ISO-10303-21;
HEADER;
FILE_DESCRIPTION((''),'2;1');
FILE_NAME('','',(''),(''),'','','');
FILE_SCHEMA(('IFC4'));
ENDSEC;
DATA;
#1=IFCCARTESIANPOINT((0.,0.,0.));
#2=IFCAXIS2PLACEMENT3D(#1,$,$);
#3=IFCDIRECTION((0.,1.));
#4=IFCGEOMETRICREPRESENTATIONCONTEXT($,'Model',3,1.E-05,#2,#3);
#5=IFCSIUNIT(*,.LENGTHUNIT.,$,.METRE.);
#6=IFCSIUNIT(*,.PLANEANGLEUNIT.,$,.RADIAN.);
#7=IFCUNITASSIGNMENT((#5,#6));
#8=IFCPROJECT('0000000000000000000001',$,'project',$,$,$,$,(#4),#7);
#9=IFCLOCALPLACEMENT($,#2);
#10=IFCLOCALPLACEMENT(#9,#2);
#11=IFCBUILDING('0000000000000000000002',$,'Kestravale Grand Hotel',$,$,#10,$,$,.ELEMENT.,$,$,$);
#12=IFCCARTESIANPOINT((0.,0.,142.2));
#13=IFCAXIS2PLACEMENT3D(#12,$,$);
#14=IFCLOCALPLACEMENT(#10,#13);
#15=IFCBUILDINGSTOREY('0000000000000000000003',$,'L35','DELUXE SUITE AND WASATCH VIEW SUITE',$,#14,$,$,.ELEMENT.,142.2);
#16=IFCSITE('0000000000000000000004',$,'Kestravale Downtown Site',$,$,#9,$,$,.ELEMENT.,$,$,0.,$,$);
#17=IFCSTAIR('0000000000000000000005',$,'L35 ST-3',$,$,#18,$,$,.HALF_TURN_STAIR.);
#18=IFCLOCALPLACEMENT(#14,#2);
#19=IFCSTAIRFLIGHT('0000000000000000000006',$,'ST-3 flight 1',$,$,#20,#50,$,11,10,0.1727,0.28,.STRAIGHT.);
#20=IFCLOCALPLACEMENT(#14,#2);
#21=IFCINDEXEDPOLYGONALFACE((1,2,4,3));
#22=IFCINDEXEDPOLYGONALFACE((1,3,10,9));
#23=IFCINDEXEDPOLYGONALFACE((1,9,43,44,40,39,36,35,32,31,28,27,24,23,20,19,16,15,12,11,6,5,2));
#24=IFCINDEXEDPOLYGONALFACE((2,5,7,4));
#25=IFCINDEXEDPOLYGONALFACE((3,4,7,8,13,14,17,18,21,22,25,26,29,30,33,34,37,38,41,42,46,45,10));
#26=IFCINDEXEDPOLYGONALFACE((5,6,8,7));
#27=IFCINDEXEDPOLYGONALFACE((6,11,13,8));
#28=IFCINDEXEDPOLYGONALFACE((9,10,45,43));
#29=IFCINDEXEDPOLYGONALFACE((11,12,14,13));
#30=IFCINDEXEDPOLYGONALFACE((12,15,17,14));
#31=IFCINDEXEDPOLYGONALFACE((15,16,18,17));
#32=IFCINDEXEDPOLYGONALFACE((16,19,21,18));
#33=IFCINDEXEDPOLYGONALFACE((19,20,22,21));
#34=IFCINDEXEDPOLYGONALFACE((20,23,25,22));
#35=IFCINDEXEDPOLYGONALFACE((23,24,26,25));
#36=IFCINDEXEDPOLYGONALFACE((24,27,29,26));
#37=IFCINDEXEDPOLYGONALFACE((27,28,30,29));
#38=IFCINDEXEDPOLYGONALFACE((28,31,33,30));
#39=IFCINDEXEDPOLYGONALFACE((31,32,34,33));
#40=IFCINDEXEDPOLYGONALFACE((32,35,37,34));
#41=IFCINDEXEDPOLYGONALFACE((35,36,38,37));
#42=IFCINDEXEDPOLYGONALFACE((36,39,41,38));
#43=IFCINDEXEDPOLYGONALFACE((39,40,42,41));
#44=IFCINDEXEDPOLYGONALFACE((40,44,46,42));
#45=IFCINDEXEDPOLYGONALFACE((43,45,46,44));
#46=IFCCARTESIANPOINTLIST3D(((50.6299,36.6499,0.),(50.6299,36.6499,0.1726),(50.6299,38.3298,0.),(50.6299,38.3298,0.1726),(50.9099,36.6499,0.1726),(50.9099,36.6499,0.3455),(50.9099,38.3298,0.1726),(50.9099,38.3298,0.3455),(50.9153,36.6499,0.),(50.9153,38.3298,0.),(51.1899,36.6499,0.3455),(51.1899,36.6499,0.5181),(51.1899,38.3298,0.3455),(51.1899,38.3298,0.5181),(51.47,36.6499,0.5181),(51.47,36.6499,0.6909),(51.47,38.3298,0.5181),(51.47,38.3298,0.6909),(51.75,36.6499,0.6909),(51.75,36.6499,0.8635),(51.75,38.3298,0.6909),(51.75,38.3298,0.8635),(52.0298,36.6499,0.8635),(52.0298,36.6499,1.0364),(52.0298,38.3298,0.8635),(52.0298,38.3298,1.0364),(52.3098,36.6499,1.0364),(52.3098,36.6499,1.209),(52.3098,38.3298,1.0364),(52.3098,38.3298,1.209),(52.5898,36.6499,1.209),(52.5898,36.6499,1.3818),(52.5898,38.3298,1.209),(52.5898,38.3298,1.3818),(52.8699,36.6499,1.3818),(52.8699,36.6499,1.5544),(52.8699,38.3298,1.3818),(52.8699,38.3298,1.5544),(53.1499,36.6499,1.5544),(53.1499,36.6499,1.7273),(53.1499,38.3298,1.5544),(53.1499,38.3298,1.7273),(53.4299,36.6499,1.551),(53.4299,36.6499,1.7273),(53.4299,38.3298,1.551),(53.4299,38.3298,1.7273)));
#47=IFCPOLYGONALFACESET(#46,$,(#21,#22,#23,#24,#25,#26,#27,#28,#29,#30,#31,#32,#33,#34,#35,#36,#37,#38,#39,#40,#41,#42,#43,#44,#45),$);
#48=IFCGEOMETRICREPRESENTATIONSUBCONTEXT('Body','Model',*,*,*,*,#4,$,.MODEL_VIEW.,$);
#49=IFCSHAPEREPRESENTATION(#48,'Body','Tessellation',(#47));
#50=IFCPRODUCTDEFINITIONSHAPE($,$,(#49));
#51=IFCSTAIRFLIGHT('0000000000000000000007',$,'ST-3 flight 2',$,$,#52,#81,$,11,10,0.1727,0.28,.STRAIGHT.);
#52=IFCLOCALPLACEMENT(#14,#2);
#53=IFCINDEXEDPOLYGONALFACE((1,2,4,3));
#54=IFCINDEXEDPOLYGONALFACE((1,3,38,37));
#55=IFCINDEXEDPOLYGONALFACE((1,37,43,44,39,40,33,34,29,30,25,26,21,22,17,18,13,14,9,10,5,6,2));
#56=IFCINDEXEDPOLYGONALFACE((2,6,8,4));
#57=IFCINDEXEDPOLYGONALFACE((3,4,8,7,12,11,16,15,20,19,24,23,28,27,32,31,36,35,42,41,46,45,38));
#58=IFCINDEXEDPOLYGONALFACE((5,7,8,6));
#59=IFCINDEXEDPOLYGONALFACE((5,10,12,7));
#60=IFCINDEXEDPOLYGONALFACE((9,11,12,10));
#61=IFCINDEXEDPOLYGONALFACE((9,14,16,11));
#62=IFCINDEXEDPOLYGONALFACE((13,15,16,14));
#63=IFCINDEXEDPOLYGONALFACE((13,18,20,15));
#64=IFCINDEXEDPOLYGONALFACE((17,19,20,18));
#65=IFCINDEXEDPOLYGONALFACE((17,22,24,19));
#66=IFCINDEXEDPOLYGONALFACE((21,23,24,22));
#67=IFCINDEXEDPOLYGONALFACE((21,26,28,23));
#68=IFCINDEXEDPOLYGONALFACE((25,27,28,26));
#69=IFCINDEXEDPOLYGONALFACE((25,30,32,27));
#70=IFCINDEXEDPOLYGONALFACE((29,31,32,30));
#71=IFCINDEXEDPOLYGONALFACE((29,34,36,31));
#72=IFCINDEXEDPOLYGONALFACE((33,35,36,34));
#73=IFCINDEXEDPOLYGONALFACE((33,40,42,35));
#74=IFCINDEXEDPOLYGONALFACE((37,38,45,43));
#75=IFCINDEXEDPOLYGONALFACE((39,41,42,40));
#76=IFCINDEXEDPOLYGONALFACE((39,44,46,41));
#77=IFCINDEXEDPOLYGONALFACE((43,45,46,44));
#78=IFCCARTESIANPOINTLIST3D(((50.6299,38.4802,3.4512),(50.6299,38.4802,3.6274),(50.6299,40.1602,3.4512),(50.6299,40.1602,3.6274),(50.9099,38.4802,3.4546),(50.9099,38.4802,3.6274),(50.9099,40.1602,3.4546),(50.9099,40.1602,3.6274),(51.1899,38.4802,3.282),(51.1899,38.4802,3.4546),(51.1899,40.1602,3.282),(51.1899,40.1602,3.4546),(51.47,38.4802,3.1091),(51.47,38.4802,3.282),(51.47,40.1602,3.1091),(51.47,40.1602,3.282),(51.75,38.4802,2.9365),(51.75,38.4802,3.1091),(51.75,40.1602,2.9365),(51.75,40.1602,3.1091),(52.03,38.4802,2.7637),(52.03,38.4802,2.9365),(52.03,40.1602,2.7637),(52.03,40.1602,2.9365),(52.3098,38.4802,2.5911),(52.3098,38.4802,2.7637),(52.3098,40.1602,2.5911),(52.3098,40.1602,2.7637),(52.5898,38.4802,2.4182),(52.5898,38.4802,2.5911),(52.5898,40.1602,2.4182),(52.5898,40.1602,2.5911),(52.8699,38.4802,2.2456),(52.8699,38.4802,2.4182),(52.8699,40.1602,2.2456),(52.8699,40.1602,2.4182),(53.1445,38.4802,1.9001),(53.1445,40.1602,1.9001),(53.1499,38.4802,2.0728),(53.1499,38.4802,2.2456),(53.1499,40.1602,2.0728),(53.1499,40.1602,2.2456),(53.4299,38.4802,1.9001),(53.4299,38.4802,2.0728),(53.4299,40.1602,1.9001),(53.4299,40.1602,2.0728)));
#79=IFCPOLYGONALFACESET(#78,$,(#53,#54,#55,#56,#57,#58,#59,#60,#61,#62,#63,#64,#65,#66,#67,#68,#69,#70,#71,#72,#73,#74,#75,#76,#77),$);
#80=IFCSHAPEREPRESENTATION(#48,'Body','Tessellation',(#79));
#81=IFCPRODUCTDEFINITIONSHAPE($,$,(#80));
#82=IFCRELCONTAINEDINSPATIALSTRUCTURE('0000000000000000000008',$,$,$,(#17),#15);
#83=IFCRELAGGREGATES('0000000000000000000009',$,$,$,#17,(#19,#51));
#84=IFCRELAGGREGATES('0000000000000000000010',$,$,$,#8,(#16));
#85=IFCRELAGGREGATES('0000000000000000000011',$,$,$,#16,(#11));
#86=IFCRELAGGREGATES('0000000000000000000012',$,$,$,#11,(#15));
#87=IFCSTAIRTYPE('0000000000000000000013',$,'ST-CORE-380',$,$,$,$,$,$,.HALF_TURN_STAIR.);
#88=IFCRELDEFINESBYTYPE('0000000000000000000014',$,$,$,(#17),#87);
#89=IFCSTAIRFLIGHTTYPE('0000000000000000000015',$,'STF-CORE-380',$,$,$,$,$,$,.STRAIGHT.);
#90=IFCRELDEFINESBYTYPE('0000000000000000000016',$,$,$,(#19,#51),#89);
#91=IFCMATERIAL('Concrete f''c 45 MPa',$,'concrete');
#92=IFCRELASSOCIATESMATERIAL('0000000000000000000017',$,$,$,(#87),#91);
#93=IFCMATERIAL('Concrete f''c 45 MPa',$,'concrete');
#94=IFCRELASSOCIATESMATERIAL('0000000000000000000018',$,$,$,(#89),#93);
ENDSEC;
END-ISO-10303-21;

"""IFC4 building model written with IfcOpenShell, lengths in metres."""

from ifc_helpers import new_model, si_unit, direction, frame, origin, place, context, subcontext, project, spatial, polyline, outline, extrude, material, type_object, element, aggregate, save


model = new_model("IFC4")

# Units and contexts
model_context = context("Model", 3, precision=1e-05, world=origin(), true_north=direction((0.0, 1.0)))
body_context = subcontext(model_context, "Body", "Model", "MODEL_VIEW")
ifc_project = project(units=[si_unit("LENGTHUNIT", "METRE"), si_unit("PLANEANGLEUNIT", "RADIAN")], contexts=[model_context])

# Site, building, storey
site_placement = place(None, origin())
site = spatial("IfcSite", under=ifc_project, at=site_placement, Name="Kestravale Downtown Site", CompositionType="ELEMENT", RefElevation=0.0)
building_placement = place(site_placement, origin())
building = spatial("IfcBuilding", under=site, at=building_placement, Name="Kestravale Grand Hotel", CompositionType="ELEMENT")
storey_placement = place(building_placement, frame((0.0, 0.0, 142.2)))
storey = spatial("IfcBuildingStorey", under=building, at=storey_placement, Name="L35", Description="DELUXE SUITE AND WASATCH VIEW SUITE", CompositionType="ELEMENT", Elevation=142.2)

# Stair, stair flights
ifc_material_1 = material(Name="Concrete f'c 45 MPa", Category="concrete")
stair_type = type_object("IfcStairType", Name="ST-CORE-380", PredefinedType="HALF_TURN_STAIR", material=ifc_material_1)
stair_placement = place(storey_placement, origin())
stair = element("IfcStair", 1, at=stair_placement, inside=storey, type_object=stair_type, Name="L35 ST-3", PredefinedType="HALF_TURN_STAIR")
ifc_material_2 = material(Name="Concrete f'c 45 MPa", Category="concrete")
stair_flight_type = type_object("IfcStairFlightType", Name="STF-CORE-380", PredefinedType="STRAIGHT", material=ifc_material_2)
stair_flight_1_placement = place(storey_placement, frame((50.6299, 37.49, 0.0), z_axis=(0.0, 0.0, 1.0), x_axis=(1.0, 0.0, 0.0)))
stair_flight_1 = element("IfcStairFlight", 2, at=stair_flight_1_placement, type_object=stair_flight_type, Name="ST-3 flight 1", NumberOfRisers=11, NumberOfTreads=10, PredefinedType="STRAIGHT", RiserHeight=0.1727, TreadLength=0.28, context=body_context, shape_type="SweptSolid", body=[
    extrude(outline(polyline([(0.0, 0.0), (0.0, 0.1726), (0.28, 0.1726), (0.28, 0.3455), (0.5601, 0.3455), (0.5601, 0.5181), (0.8401, 0.5181), (0.8401, 0.6909), (1.1201, 0.6909), (1.1201, 0.8635), (1.3999, 0.8635), (1.3999, 1.0364), (1.6799, 1.0364), (1.6799, 1.209), (1.96, 1.209), (1.96, 1.3818), (2.24, 1.3818), (2.24, 1.5544), (2.52, 1.5544), (2.52, 1.7273), (2.8, 1.7273), (2.8, 1.8999), (2.8, 1.551), (0.2854, 0.0), (0.0, 0.0)])), frame((0.0, 0.8398, 0.0), z_axis=(0.0, -1.0, 0.0), x_axis=(1.0, 0.0, 0.0)), (0.0, 0.0, 1.0), 1.6799),
])
stair_flight_2_placement = place(storey_placement, frame((53.4299, 39.3201, 1.9001), z_axis=(0.0, 0.0, 1.0), x_axis=(-1.0, 0.0, 0.0)))
stair_flight_2 = element("IfcStairFlight", 3, at=stair_flight_2_placement, type_object=stair_flight_type, Name="ST-3 flight 2", NumberOfRisers=11, NumberOfTreads=10, PredefinedType="STRAIGHT", RiserHeight=0.1727, TreadLength=0.28, context=body_context, shape_type="SweptSolid", body=[
    extrude(outline(polyline([(0.0, 0.0), (0.0, 0.1726), (0.28, 0.1726), (0.28, 0.3455), (0.5601, 0.3455), (0.5601, 0.5181), (0.8401, 0.5181), (0.8401, 0.6909), (1.1201, 0.6909), (1.1201, 0.8635), (1.3999, 0.8635), (1.3999, 1.0364), (1.6799, 1.0364), (1.6799, 1.209), (1.96, 1.209), (1.96, 1.3818), (2.24, 1.3818), (2.24, 1.5544), (2.52, 1.5544), (2.52, 1.7273), (2.8, 1.7273), (2.8, 1.8999), (2.8, 1.551), (0.2854, 0.0), (0.0, 0.0)])), frame((0.0, 0.8398, 0.0), z_axis=(0.0, -1.0, 0.0), x_axis=(1.0, 0.0, 0.0)), (0.0, 0.0, 1.0), 1.6799),
])
aggregate(stair, [stair_flight_1, stair_flight_2])

save(model, "model.ifc")
